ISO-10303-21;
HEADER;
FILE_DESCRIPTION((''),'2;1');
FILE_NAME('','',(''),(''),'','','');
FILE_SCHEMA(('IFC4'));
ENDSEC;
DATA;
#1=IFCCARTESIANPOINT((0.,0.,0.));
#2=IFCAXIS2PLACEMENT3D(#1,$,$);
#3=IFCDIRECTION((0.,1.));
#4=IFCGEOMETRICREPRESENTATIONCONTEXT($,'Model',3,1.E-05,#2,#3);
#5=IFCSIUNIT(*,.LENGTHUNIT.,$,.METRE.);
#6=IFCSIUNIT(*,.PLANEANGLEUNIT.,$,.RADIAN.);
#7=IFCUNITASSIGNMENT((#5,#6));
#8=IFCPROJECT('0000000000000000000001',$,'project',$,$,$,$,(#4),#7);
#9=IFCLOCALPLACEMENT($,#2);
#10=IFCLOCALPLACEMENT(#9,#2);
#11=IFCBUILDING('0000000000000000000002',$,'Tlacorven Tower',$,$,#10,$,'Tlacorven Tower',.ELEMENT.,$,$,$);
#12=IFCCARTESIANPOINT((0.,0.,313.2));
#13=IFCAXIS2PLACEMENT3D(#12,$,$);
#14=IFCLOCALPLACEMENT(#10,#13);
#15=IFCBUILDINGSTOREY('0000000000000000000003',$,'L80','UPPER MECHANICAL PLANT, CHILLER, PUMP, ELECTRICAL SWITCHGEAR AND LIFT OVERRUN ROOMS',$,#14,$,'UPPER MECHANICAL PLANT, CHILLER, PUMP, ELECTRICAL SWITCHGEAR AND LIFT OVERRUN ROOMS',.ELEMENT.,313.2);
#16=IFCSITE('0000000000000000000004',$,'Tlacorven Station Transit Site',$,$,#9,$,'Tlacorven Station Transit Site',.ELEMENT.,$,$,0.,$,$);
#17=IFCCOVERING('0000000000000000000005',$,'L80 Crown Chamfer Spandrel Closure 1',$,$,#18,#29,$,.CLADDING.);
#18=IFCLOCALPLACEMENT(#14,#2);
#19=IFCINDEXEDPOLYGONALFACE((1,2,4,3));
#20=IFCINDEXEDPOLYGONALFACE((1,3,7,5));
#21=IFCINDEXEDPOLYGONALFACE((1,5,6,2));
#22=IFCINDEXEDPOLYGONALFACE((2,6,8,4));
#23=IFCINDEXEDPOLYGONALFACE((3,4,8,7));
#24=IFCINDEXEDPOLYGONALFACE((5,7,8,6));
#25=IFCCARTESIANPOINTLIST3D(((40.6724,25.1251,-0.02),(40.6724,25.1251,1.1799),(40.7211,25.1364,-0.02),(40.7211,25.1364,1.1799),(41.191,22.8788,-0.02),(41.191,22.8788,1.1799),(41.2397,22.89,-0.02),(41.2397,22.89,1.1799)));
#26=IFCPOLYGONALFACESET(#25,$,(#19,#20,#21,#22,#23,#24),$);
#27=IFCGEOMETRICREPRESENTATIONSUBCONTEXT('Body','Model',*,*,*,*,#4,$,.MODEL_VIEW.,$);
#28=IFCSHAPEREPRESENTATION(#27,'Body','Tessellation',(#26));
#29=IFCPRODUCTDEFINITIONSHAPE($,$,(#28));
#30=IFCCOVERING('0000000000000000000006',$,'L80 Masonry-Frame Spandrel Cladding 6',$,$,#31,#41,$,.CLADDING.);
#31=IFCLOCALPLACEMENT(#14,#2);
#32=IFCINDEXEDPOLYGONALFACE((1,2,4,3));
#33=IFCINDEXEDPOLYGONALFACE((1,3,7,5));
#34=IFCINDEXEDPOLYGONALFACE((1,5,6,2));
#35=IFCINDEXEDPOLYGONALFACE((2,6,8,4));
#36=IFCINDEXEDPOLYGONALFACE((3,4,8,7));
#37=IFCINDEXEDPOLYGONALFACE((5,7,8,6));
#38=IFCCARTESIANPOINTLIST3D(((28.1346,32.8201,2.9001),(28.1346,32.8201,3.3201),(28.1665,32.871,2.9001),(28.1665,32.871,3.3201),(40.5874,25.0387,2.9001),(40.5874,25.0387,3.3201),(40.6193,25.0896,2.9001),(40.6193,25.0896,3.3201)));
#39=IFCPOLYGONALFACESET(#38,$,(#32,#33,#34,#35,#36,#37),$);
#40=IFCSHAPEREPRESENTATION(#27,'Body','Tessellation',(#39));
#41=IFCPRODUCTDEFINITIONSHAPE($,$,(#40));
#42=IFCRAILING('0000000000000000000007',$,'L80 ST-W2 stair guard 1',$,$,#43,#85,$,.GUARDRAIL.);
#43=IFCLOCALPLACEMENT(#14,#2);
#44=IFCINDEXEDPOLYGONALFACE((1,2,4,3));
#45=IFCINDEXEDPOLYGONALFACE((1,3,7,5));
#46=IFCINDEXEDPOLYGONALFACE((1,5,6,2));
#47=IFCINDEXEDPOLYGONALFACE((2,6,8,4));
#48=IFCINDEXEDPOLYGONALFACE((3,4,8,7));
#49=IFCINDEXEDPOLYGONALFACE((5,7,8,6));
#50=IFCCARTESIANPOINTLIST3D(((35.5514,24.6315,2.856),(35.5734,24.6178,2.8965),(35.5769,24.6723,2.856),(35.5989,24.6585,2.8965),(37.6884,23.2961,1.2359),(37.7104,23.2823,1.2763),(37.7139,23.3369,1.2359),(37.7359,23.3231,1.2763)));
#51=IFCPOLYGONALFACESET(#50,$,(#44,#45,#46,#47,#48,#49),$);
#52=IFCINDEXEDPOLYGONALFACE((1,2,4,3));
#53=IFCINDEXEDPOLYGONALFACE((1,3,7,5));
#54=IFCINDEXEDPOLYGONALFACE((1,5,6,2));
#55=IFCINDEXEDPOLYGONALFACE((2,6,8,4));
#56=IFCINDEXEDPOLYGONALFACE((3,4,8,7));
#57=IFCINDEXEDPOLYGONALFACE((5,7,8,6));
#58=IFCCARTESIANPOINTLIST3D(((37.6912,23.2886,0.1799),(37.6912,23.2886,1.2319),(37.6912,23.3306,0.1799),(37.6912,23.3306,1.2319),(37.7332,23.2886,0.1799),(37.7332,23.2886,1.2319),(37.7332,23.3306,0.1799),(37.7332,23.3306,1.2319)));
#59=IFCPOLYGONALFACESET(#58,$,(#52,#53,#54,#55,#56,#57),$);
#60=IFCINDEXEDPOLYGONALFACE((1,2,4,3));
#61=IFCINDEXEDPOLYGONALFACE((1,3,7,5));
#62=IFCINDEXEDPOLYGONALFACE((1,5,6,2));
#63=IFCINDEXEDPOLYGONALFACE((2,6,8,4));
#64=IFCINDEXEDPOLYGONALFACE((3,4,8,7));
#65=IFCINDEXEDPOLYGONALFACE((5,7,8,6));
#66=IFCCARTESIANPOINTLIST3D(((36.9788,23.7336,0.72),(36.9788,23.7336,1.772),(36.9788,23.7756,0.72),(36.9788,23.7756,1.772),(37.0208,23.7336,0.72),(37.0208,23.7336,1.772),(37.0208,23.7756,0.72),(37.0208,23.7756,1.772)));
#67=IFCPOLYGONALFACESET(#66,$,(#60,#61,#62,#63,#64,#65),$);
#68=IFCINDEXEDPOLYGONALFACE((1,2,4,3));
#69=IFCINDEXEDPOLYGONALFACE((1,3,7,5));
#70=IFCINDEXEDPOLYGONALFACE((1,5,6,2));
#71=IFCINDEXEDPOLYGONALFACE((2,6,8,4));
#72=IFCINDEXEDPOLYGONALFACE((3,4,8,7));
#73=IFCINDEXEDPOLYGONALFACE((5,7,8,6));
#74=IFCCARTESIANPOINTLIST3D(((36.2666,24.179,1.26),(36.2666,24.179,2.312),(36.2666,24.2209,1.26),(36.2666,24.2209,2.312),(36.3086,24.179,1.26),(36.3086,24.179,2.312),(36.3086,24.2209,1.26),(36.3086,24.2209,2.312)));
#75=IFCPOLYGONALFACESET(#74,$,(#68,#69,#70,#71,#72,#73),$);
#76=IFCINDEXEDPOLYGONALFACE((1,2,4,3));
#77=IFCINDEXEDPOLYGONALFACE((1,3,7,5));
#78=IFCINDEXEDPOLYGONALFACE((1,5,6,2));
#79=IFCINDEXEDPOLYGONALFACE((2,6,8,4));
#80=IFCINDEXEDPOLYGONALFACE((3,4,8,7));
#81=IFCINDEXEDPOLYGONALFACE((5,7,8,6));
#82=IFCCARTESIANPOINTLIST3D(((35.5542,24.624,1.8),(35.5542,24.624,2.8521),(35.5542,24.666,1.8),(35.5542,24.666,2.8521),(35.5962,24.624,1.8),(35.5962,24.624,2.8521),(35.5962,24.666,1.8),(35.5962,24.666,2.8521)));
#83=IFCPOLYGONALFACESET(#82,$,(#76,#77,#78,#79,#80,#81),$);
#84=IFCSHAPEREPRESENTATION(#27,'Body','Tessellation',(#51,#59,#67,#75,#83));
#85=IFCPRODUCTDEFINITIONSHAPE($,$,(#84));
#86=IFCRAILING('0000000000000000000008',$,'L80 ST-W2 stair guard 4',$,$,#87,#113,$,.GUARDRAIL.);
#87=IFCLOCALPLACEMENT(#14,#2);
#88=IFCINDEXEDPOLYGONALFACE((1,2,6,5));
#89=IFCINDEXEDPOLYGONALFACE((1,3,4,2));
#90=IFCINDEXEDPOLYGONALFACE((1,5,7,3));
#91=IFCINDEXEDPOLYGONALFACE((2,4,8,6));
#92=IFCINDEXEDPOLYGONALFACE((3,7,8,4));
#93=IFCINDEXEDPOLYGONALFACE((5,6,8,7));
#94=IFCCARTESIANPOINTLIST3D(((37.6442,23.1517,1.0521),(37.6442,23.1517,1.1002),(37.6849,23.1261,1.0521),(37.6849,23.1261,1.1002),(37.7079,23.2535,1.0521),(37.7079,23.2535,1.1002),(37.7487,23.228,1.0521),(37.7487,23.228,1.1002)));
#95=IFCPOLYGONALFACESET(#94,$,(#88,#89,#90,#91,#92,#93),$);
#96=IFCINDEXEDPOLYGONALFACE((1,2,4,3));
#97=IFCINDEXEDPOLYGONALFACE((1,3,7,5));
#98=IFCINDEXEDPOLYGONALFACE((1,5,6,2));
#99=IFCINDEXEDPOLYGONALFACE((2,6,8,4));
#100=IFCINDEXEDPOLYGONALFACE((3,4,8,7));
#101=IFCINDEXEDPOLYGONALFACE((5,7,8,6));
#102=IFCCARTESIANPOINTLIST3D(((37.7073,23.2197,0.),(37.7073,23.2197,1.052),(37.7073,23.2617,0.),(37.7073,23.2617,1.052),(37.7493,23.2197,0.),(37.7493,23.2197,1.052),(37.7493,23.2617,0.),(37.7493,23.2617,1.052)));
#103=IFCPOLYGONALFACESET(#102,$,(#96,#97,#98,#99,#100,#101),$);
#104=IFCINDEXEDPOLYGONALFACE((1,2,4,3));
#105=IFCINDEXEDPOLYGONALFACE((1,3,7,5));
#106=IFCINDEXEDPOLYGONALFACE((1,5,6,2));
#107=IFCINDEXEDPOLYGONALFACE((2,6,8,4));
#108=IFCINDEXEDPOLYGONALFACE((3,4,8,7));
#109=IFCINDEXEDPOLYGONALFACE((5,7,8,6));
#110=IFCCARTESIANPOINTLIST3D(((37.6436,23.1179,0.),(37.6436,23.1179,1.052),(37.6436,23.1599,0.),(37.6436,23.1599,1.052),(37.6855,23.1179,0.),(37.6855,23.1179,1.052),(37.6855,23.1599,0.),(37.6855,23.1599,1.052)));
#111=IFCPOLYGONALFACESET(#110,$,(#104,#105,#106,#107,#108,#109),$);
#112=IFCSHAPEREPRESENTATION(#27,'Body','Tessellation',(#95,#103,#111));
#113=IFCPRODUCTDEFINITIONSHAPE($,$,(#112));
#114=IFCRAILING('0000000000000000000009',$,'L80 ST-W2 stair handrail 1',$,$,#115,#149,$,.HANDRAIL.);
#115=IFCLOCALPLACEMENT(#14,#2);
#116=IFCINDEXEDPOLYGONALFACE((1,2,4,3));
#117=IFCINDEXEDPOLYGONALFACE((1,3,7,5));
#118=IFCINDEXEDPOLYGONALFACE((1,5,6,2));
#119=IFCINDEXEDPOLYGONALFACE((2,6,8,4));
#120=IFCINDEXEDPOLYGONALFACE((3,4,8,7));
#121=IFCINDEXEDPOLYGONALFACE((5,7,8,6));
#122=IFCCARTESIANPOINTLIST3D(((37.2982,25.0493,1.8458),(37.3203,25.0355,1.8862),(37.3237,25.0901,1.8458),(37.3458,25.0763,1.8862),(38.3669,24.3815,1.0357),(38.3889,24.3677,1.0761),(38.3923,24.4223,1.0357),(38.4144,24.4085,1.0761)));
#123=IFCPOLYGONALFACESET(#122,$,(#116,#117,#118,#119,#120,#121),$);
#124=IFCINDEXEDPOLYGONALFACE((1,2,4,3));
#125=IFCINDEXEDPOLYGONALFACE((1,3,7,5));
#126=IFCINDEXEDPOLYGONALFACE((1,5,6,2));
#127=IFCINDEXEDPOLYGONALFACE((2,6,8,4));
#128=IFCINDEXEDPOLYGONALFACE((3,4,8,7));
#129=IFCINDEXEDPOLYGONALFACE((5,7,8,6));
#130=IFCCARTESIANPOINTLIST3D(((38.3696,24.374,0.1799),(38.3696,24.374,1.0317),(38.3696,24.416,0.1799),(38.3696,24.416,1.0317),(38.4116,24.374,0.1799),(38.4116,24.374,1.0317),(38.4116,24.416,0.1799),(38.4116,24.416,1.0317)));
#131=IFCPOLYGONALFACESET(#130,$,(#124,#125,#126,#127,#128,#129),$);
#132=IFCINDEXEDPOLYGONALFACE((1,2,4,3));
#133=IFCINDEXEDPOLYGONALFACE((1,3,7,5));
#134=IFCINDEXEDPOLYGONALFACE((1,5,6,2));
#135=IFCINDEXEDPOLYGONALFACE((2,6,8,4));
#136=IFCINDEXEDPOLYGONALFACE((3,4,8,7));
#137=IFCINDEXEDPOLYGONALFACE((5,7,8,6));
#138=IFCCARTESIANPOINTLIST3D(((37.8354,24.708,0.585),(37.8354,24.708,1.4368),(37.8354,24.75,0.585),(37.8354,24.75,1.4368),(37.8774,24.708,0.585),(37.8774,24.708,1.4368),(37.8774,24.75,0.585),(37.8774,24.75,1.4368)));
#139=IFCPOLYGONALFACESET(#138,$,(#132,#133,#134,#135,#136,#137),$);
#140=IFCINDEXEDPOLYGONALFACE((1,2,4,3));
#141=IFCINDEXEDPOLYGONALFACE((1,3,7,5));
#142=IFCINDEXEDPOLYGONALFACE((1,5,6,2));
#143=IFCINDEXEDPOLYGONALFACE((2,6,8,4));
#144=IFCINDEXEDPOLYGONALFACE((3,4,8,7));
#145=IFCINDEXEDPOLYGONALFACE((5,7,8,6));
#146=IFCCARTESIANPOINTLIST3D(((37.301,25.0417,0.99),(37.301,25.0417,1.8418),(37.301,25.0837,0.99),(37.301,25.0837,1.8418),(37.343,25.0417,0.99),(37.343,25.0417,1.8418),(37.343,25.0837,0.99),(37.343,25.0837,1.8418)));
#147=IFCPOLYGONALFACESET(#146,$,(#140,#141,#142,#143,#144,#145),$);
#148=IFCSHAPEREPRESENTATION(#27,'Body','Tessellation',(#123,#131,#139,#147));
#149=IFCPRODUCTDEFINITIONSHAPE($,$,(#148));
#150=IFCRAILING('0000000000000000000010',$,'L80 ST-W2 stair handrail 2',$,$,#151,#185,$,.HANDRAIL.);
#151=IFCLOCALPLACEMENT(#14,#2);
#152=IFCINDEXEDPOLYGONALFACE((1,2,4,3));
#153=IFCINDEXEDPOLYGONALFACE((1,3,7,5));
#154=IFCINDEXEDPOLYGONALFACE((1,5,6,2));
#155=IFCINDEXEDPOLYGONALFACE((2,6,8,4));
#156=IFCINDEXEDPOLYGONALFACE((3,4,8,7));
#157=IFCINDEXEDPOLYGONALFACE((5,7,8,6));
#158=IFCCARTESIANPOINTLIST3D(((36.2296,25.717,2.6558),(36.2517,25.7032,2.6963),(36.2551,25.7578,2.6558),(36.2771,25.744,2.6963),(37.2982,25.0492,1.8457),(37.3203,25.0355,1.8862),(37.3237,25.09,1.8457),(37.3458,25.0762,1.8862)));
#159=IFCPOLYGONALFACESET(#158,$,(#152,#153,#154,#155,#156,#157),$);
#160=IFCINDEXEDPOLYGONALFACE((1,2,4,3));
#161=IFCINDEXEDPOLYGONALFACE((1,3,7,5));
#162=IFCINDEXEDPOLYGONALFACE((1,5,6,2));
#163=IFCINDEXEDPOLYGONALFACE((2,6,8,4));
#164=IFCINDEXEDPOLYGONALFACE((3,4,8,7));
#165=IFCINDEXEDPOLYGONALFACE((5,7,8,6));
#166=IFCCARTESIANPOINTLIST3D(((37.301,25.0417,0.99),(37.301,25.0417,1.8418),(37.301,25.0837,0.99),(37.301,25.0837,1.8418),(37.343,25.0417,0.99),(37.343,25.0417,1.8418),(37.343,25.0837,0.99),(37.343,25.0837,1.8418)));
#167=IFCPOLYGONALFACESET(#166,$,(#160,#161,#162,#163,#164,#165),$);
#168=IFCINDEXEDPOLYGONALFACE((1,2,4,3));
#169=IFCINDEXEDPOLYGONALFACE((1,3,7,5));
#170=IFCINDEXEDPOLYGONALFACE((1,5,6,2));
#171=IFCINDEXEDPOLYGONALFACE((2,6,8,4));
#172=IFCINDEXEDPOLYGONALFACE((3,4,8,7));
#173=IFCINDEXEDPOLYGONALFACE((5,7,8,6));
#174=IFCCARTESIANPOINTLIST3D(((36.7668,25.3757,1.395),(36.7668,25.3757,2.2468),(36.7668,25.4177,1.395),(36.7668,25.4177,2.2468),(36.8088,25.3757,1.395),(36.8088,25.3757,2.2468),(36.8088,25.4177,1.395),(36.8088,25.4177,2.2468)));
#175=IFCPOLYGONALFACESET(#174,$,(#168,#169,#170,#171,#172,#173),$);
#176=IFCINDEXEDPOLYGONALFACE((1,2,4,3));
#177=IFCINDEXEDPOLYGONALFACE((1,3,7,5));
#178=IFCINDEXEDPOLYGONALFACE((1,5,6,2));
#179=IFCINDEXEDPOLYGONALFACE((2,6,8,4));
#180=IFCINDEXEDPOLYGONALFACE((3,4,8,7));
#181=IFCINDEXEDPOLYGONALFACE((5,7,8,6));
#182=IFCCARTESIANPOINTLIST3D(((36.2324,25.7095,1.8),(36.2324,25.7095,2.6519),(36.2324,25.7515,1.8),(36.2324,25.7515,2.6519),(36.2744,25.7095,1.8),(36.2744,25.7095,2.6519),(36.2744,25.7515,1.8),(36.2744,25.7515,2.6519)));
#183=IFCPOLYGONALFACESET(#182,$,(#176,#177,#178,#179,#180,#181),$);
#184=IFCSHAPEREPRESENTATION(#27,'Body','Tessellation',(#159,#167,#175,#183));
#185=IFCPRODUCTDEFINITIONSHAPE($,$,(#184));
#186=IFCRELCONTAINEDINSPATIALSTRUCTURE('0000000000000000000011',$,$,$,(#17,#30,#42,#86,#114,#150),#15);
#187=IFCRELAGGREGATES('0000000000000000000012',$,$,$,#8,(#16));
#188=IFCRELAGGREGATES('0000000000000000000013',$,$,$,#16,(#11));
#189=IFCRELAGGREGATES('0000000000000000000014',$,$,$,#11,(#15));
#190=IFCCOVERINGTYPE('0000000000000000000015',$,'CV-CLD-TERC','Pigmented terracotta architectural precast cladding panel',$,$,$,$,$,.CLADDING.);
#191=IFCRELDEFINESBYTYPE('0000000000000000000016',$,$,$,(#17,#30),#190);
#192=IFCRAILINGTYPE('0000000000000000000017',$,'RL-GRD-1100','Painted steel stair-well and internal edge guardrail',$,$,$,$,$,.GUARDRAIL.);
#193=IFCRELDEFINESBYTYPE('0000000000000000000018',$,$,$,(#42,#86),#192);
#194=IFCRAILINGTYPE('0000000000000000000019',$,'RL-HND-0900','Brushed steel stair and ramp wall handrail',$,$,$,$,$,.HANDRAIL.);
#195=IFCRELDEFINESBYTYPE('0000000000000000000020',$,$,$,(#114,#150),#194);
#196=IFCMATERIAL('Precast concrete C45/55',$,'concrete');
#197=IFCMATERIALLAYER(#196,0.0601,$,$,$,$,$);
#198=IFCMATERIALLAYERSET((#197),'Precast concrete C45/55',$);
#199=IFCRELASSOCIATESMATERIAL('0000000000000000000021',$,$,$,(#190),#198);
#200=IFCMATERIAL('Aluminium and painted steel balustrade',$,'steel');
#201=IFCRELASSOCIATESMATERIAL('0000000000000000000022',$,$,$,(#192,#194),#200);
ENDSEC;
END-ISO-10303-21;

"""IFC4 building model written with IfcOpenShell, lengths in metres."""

from ifc_helpers import new_model, si_unit, direction, frame, origin, origin_2d, place, context, subcontext, project, spatial, rectangle, extrude, source, transform, mapped, material, layer, layer_set, type_object, element, save


model = new_model("IFC4")

# Units and contexts
model_context = context("Model", 3, precision=1e-05, world=origin(), true_north=direction((0.0, 1.0)))
body_context = subcontext(model_context, "Body", "Model", "MODEL_VIEW")
ifc_project = project(units=[si_unit("LENGTHUNIT", "METRE"), si_unit("PLANEANGLEUNIT", "RADIAN")], contexts=[model_context])

# Site, building, storey
site_placement = place(None, origin())
site = spatial("IfcSite", under=ifc_project, at=site_placement, Name="Tlacorven Station Transit Site", LongName="Tlacorven Station Transit Site", CompositionType="ELEMENT", RefElevation=0.0)
building_placement = place(site_placement, origin())
building = spatial("IfcBuilding", under=site, at=building_placement, Name="Tlacorven Tower", LongName="Tlacorven Tower", CompositionType="ELEMENT")
storey_placement = place(building_placement, frame((0.0, 0.0, 313.2)))
storey = spatial("IfcBuildingStorey", under=building, at=storey_placement, Name="L80", Description="UPPER MECHANICAL PLANT, CHILLER, PUMP, ELECTRICAL SWITCHGEAR AND LIFT OVERRUN ROOMS", LongName="UPPER MECHANICAL PLANT, CHILLER, PUMP, ELECTRICAL SWITCHGEAR AND LIFT OVERRUN ROOMS", CompositionType="ELEMENT", Elevation=313.2)

# Shared definitions
ifc_material_1 = material(Name="Precast concrete C45/55", Category="concrete")

# Coverings
ifc_layer_1 = layer(ifc_material_1, 0.0601)
ifc_layer_set_1 = layer_set([ifc_layer_1], Name="Precast concrete C45/55")
covering_type = type_object("IfcCoveringType", Name="CV-CLD-TERC", Description="Pigmented terracotta architectural precast cladding panel", PredefinedType="CLADDING", material=ifc_layer_set_1)
shared_shape_1 = source(origin(), body_context, "Body", "SweptSolid", [
    extrude(rectangle(XDim=2.3054, YDim=0.05, at=origin_2d()), origin(), (0.0, 0.0, 1.0), 1.2),
])
covering_1_placement = place(storey_placement, frame((40.9561, 24.0076, -0.02), z_axis=(0.0, 0.0, 1.0), x_axis=(0.22495, -0.97437, 0.0)))
element("IfcCovering", 1, at=covering_1_placement, inside=storey, type_object=covering_type, Name="L80 Crown Chamfer Spandrel Closure 1", PredefinedType="CLADDING", context=body_context, shape_type="MappedRepresentation", body=[
    mapped(shared_shape_1, transform((0.0, 0.0, 0.0), scale=1.0)),
])
shared_shape_2 = source(origin(), body_context, "Body", "SweptSolid", [
    extrude(rectangle(XDim=14.6841, YDim=0.0601, at=origin_2d()), origin(), (0.0, 0.0, 1.0), 0.4199),
])
covering_2_placement = place(storey_placement, frame((34.377, 28.9548, 2.9001), z_axis=(0.0, 0.0, 1.0), x_axis=(0.848048, -0.529919, 0.0)))
element("IfcCovering", 2, at=covering_2_placement, inside=storey, type_object=covering_type, Name="L80 Masonry-Frame Spandrel Cladding 6", PredefinedType="CLADDING", context=body_context, shape_type="MappedRepresentation", body=[
    mapped(shared_shape_2, transform((0.0, 0.0, 0.0), scale=1.0)),
])

# Railings
ifc_material_2 = material(Name="Aluminium and painted steel balustrade", Category="steel")
railing_type_1 = type_object("IfcRailingType", Name="RL-GRD-1100", Description="Painted steel stair-well and internal edge guardrail", PredefinedType="GUARDRAIL", material=ifc_material_2)
shared_shape_3 = source(origin(), body_context, "Body", "SweptSolid", [
    extrude(rectangle(XDim=0.0481, YDim=0.0481, at=origin_2d()), frame((0.0, 0.0, 1.0762), z_axis=(-0.71332, 0.445774, 0.540796), x_axis=(-0.529955, -0.848026, 0.0)), (0.0, 0.0, 1.0), 2.9958),
    extrude(rectangle(XDim=0.042, YDim=0.042, at=origin_2d()), origin(), (0.0, 0.0, 1.0), 1.052),
    extrude(rectangle(XDim=0.042, YDim=0.042, at=origin_2d()), frame((-0.7124, 0.4451, 0.54)), (0.0, 0.0, 1.0), 1.052),
    extrude(rectangle(XDim=0.042, YDim=0.042, at=origin_2d()), frame((-1.4246, 0.8904, 1.0801)), (0.0, 0.0, 1.0), 1.052),
    extrude(rectangle(XDim=0.042, YDim=0.042, at=origin_2d()), frame((-2.137, 1.3354, 1.6201)), (0.0, 0.0, 1.0), 1.052),
])
railing_1_placement = place(storey_placement, frame((37.7122, 23.3096, 0.1799)))
element("IfcRailing", 3, at=railing_1_placement, inside=storey, type_object=railing_type_1, Name="L80 ST-W2 stair guard 1", PredefinedType="GUARDRAIL", context=body_context, shape_type="MappedRepresentation", body=[
    mapped(shared_shape_3, transform((0.0, 0.0, 0.0), scale=1.0)),
])
shared_shape_4 = source(origin(), body_context, "Body", "SweptSolid", [
    extrude(rectangle(XDim=0.0481, YDim=0.0481, at=origin_2d()), frame((0.0, 0.0, 1.0762), z_axis=(-0.530547, -0.847656, 0.0), x_axis=(0.847656, -0.530547, 0.0)), (0.0, 0.0, 1.0), 0.1201),
    extrude(rectangle(XDim=0.042, YDim=0.042, at=origin_2d()), origin(), (0.0, 0.0, 1.0), 1.052),
    extrude(rectangle(XDim=0.042, YDim=0.042, at=origin_2d()), frame((-0.0637, -0.1018, 0.0)), (0.0, 0.0, 1.0), 1.052),
])
railing_2_placement = place(storey_placement, frame((37.7283, 23.2407, 0.0)))
element("IfcRailing", 4, at=railing_2_placement, inside=storey, type_object=railing_type_1, Name="L80 ST-W2 stair guard 4", PredefinedType="GUARDRAIL", context=body_context, shape_type="MappedRepresentation", body=[
    mapped(shared_shape_4, transform((0.0, 0.0, 0.0), scale=1.0)),
])
railing_type_2 = type_object("IfcRailingType", Name="RL-HND-0900", Description="Brushed steel stair and ramp wall handrail", PredefinedType="HANDRAIL", material=ifc_material_2)
shared_shape_5 = source(origin(), body_context, "Body", "SweptSolid", [
    extrude(rectangle(XDim=0.0481, YDim=0.0481, at=origin_2d()), frame((0.0, 0.0, 0.876), z_axis=(-0.71336, 0.445748, 0.540765), x_axis=(-0.529912, -0.848053, 0.0)), (0.0, 0.0, 1.0), 1.498),
    extrude(rectangle(XDim=0.042, YDim=0.042, at=origin_2d()), origin(), (0.0, 0.0, 1.0), 0.8518),
    extrude(rectangle(XDim=0.042, YDim=0.042, at=origin_2d()), frame((-0.5342, 0.334, 0.405)), (0.0, 0.0, 1.0), 0.8518),
    extrude(rectangle(XDim=0.042, YDim=0.042, at=origin_2d()), frame((-1.0686, 0.6677, 0.8101)), (0.0, 0.0, 1.0), 0.8518),
])
for number, where, name in (
    (5, (38.3906, 24.395, 0.1799), "L80 ST-W2 stair handrail 1"),
    (6, (37.322, 25.0627, 0.99), "L80 ST-W2 stair handrail 2"),
):
    element("IfcRailing", number, at=place(storey_placement, frame(where)), inside=storey, type_object=railing_type_2, Name=name, PredefinedType="HANDRAIL", context=body_context, shape_type="MappedRepresentation", body=[
        mapped(shared_shape_5, transform((0.0, 0.0, 0.0), scale=1.0)),
    ])

save(model, "model.ifc")
